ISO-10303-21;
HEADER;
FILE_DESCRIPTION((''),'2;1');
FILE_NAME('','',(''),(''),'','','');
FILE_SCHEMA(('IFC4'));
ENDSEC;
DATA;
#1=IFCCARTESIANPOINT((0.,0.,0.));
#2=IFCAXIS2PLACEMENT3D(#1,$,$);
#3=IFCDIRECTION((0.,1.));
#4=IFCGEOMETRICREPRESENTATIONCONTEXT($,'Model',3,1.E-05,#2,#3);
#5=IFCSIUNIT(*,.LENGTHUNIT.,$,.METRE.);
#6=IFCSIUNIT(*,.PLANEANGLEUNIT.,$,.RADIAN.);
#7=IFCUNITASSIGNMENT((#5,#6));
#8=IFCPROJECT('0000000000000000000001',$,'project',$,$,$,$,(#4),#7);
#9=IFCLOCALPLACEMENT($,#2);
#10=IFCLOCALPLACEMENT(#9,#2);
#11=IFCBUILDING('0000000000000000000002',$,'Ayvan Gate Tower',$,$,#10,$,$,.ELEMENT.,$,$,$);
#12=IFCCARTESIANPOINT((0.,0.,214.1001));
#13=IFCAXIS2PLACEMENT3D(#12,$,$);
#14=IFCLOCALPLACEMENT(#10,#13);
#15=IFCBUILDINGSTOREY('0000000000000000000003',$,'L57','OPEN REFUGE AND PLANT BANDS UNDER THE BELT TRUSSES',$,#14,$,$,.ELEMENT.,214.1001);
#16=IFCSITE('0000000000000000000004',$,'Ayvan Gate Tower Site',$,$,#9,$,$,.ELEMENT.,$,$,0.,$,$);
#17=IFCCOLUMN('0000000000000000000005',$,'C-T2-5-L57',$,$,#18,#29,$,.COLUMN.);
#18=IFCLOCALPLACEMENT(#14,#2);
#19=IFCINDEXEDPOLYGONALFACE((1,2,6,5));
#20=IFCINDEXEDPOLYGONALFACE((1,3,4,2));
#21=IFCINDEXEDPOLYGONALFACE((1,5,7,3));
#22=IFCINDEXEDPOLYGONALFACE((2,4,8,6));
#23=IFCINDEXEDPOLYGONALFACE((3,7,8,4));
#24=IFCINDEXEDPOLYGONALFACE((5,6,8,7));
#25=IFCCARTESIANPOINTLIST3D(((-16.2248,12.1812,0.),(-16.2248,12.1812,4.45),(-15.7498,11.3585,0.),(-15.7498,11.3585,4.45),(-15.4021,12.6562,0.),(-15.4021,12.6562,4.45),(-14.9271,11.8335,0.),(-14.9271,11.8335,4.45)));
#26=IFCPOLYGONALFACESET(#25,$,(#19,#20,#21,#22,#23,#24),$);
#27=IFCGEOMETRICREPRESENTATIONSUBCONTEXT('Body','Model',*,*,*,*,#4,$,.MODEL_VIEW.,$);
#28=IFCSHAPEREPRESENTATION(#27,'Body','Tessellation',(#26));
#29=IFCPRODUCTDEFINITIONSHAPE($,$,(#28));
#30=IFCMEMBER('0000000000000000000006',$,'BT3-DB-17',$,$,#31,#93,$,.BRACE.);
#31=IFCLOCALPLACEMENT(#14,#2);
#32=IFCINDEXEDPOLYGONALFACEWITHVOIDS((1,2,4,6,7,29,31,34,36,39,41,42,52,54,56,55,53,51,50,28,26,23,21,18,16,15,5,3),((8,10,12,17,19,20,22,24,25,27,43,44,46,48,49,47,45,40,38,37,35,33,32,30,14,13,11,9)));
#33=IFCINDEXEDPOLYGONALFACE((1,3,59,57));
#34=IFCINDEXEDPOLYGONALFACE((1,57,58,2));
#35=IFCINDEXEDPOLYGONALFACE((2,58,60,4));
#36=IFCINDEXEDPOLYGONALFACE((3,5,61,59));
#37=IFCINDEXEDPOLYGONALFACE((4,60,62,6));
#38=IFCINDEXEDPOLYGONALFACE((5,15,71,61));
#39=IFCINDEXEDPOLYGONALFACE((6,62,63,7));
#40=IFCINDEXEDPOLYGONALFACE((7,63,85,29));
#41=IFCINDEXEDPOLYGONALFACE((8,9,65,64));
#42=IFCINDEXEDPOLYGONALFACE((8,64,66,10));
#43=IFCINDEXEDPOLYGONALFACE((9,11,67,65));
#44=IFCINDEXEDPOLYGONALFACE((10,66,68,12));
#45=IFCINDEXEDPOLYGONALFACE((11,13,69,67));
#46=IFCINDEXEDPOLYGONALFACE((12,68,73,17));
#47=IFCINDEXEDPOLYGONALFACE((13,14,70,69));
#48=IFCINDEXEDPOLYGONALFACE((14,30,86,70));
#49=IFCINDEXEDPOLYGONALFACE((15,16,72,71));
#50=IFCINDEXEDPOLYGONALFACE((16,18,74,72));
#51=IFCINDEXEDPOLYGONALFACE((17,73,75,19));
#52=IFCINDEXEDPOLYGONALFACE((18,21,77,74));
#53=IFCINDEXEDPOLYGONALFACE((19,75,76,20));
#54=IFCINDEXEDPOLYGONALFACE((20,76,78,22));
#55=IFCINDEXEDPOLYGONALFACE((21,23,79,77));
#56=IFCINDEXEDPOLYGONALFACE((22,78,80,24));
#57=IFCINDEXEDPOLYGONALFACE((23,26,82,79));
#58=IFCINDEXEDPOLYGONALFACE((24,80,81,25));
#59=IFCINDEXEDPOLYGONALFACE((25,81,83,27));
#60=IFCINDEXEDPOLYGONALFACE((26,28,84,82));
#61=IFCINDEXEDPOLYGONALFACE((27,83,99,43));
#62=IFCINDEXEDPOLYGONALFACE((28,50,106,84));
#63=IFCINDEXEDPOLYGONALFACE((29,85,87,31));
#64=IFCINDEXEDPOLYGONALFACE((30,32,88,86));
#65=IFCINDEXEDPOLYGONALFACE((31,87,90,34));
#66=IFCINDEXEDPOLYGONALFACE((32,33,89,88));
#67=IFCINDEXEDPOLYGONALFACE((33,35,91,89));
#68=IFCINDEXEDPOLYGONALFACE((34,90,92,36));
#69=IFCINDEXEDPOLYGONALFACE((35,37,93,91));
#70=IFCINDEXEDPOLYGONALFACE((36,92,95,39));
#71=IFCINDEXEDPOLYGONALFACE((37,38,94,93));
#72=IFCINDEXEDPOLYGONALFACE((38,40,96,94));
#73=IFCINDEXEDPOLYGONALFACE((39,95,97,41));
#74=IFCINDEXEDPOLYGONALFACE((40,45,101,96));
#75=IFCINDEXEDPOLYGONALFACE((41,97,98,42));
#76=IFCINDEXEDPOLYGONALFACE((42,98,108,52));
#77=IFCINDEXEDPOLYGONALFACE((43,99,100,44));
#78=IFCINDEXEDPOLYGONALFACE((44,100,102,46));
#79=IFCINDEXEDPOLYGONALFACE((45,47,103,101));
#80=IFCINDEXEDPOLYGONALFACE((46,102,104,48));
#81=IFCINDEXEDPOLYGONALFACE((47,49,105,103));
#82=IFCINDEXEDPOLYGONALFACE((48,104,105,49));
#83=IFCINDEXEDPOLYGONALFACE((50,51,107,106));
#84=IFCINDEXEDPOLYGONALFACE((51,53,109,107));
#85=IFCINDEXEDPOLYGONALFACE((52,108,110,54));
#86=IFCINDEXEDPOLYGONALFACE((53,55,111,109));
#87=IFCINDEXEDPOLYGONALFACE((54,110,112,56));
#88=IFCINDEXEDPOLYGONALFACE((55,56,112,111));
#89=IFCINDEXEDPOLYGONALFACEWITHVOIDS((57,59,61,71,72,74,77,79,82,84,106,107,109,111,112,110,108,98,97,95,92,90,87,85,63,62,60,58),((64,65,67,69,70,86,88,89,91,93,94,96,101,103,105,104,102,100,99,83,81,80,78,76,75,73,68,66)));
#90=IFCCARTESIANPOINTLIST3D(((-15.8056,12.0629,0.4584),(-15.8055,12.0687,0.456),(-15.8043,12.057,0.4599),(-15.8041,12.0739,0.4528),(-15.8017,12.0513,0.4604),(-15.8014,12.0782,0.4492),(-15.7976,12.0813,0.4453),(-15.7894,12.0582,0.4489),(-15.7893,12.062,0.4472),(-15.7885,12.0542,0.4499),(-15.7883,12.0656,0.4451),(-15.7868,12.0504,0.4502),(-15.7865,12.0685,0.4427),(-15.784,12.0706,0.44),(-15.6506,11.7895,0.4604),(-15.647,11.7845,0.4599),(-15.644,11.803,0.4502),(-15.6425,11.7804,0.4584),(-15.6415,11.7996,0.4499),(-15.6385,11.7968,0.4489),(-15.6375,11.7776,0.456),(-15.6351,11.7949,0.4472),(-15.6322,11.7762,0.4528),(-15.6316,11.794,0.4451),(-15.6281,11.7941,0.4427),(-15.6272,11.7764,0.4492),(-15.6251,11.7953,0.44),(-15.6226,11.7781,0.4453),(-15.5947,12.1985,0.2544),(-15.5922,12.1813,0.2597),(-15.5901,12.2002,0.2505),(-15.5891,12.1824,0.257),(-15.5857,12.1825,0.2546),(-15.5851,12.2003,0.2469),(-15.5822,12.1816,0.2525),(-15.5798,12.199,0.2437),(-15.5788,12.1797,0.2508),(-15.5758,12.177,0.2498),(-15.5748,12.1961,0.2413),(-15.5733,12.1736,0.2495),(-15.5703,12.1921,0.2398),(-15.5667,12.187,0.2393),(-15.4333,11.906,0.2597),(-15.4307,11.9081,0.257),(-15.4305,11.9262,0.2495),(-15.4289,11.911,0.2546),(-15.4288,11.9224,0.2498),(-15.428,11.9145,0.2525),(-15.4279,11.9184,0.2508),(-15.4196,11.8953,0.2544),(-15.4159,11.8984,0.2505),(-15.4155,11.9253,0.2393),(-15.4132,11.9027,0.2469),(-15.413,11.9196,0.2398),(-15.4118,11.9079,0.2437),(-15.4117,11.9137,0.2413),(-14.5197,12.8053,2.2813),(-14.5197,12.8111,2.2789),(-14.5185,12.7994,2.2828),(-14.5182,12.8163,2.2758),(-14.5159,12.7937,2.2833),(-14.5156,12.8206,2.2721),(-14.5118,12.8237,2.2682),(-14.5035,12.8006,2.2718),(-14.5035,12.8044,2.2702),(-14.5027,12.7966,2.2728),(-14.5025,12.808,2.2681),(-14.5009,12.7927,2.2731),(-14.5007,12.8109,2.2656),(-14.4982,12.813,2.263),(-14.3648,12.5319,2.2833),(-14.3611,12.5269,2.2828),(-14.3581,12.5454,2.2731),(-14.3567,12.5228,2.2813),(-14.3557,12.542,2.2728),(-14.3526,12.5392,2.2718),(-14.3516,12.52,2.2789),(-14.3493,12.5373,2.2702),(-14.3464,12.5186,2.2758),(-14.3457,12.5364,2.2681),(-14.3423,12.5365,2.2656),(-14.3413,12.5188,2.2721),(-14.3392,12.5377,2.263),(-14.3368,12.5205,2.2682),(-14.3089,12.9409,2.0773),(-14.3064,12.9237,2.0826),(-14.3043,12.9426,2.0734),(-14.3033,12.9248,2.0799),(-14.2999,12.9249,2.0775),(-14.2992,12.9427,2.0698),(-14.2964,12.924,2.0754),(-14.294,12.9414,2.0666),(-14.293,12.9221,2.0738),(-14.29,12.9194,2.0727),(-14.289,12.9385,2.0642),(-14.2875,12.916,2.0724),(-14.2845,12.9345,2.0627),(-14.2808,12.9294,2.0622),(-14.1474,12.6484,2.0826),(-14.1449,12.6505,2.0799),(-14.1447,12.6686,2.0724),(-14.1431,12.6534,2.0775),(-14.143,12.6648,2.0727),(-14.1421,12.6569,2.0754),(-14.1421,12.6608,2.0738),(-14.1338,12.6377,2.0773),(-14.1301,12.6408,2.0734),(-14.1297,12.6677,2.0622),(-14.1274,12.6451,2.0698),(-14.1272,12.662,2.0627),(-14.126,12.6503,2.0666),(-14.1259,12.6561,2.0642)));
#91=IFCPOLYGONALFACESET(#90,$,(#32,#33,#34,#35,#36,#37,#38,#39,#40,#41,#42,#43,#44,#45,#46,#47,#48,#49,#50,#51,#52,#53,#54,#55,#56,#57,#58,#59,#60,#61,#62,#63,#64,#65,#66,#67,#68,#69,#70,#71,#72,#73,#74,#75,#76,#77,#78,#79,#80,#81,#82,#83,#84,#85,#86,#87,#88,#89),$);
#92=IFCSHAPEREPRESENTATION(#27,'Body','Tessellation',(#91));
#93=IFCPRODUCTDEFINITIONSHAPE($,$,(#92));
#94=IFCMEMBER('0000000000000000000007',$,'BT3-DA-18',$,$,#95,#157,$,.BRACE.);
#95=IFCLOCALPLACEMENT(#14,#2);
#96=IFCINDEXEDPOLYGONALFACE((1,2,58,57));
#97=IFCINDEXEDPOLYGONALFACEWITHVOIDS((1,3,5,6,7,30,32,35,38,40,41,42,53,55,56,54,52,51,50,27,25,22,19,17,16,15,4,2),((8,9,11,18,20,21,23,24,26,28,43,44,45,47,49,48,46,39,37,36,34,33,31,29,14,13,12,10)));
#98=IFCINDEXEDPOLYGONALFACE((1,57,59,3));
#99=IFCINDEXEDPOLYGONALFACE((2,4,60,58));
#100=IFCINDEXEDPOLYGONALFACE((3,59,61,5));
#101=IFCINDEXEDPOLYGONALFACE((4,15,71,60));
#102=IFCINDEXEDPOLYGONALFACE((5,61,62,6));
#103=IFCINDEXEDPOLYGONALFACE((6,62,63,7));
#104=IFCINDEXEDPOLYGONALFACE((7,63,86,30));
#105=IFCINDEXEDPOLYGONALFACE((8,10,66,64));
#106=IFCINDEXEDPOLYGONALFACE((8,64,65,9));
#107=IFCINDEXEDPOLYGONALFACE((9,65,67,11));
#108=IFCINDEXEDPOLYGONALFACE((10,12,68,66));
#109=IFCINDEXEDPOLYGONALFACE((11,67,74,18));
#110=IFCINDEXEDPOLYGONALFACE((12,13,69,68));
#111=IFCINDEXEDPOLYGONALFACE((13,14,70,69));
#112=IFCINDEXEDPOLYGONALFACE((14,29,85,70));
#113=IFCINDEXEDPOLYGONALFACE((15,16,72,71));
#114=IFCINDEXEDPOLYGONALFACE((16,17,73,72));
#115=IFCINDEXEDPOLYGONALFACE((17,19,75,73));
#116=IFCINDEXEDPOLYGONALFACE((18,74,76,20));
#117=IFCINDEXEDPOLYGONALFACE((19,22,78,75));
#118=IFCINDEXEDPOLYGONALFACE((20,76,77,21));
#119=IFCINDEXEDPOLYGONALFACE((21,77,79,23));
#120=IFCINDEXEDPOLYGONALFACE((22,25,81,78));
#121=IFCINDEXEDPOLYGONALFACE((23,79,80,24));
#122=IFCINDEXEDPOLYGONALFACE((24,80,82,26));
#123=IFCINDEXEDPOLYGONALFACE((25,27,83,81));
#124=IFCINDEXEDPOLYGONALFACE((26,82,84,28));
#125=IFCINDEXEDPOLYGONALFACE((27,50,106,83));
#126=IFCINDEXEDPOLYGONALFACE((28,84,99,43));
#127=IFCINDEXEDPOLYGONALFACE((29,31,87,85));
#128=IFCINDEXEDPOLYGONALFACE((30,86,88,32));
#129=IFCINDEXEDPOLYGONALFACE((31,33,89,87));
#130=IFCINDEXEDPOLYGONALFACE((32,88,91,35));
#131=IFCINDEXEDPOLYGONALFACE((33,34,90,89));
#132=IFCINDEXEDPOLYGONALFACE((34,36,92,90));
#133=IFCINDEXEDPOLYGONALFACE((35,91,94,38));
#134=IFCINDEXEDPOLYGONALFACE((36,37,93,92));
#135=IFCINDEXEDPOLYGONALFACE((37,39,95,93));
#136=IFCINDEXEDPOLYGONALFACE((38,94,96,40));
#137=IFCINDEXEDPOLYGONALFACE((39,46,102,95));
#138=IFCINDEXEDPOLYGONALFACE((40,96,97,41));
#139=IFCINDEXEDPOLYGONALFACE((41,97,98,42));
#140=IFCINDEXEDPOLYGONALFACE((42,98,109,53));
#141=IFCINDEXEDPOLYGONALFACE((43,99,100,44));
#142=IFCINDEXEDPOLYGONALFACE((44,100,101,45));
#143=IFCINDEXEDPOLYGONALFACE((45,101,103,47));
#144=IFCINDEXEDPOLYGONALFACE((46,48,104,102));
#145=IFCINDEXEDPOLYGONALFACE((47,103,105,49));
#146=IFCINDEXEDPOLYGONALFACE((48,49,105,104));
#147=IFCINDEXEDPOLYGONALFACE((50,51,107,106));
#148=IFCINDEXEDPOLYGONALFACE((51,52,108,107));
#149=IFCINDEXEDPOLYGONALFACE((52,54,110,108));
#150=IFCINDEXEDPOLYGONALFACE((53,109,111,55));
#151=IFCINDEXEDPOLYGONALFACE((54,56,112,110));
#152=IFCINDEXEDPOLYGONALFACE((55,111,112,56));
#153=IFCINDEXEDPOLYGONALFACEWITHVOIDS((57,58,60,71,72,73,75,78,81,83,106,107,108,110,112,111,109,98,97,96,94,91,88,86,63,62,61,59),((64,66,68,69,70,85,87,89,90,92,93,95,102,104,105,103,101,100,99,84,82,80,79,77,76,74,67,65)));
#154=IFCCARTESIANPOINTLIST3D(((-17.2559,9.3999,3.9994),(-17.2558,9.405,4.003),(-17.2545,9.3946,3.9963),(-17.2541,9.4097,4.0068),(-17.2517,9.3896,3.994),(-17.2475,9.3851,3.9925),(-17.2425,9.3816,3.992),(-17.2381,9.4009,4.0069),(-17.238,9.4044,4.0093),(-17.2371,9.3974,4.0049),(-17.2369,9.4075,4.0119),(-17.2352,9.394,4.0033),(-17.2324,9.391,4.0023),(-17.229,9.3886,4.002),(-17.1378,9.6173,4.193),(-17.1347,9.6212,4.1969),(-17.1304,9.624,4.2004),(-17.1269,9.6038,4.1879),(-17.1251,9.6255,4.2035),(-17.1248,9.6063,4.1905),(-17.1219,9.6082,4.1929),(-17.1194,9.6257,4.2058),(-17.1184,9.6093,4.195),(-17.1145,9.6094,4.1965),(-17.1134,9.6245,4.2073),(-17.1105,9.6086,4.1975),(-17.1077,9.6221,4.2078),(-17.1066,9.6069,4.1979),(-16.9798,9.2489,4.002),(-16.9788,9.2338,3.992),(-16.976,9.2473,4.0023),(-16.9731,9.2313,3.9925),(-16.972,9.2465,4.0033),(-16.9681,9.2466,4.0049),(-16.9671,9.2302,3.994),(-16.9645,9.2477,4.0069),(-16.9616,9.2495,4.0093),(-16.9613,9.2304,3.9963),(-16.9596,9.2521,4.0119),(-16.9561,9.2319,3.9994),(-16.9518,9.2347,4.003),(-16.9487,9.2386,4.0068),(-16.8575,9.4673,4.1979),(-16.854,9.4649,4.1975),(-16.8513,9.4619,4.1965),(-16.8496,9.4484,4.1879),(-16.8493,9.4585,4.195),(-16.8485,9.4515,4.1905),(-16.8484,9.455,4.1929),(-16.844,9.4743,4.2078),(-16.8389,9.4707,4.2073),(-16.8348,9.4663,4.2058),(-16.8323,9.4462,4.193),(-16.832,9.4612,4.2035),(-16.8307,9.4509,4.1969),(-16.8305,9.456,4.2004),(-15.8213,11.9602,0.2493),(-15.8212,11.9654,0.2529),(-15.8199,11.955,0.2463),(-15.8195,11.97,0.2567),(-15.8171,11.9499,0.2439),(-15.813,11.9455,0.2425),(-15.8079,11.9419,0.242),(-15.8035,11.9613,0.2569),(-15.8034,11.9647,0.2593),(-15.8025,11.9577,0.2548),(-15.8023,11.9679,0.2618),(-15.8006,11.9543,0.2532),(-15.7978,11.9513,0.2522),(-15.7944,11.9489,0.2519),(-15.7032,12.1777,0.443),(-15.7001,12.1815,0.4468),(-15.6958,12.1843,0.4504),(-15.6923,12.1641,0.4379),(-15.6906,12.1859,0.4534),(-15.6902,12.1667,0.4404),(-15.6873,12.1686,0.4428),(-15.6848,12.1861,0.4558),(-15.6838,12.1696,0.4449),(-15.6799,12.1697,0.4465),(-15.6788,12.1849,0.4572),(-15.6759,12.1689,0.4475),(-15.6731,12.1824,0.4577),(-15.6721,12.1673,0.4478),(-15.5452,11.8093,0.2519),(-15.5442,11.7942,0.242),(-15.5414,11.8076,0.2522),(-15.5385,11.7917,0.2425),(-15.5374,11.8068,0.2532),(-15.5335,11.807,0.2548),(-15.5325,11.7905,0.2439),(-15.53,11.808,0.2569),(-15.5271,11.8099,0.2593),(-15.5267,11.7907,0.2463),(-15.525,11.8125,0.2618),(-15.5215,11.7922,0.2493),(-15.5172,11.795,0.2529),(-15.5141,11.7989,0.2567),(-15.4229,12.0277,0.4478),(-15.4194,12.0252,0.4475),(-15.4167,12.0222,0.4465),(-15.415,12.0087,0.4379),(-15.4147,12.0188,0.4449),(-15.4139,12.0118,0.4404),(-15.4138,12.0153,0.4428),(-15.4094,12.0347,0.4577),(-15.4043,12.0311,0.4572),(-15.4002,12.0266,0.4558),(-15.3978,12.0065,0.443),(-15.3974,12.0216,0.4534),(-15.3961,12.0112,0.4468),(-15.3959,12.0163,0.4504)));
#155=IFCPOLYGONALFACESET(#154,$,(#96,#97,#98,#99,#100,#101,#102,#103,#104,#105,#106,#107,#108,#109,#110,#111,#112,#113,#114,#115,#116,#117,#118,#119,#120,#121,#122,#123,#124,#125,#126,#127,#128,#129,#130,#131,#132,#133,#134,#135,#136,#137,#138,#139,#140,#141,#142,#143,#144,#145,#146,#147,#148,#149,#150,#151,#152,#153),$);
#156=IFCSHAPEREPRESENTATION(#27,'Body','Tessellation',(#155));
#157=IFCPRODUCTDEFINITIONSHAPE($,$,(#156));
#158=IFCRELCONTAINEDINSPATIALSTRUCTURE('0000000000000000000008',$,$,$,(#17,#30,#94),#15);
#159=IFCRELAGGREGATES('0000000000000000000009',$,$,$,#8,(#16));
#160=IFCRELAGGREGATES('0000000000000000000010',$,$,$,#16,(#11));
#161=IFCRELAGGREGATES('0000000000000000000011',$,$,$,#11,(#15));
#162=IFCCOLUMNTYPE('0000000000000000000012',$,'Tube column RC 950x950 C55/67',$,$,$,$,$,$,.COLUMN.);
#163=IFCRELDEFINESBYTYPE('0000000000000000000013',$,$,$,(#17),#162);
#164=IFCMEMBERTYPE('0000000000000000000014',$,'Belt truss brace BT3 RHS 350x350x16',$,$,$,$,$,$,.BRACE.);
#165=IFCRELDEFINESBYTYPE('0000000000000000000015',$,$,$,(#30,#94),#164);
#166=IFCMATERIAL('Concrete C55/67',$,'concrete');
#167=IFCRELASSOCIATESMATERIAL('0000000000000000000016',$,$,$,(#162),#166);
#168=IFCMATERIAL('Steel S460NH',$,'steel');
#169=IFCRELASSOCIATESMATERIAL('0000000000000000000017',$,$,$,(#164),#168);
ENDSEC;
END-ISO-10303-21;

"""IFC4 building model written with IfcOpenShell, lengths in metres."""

from ifc_helpers import new_model, si_unit, direction, frame, origin, origin_2d, place, context, subcontext, project, spatial, rectangle, hollow_rectangle, extrude, material, material_profile, profile_set, type_object, element, save


model = new_model("IFC4")

# Units and contexts
model_context = context("Model", 3, precision=1e-05, world=origin(), true_north=direction((0.0, 1.0)))
body_context = subcontext(model_context, "Body", "Model", "MODEL_VIEW")
ifc_project = project(units=[si_unit("LENGTHUNIT", "METRE"), si_unit("PLANEANGLEUNIT", "RADIAN")], contexts=[model_context])

# Site, building, storey
site_placement = place(None, origin())
site = spatial("IfcSite", under=ifc_project, at=site_placement, Name="Ayvan Gate Tower Site", CompositionType="ELEMENT", RefElevation=0.0)
building_placement = place(site_placement, origin())
building = spatial("IfcBuilding", under=site, at=building_placement, Name="Ayvan Gate Tower", CompositionType="ELEMENT")
storey_placement = place(building_placement, frame((0.0, 0.0, 214.1001)))
storey = spatial("IfcBuildingStorey", under=building, at=storey_placement, Name="L57", Description="OPEN REFUGE AND PLANT BANDS UNDER THE BELT TRUSSES", CompositionType="ELEMENT", Elevation=214.1001)

# Column
ifc_material_1 = material(Name="Concrete C55/67", Category="concrete")
ifc_material_profile_1 = material_profile(ifc_material_1, rectangle(XDim=0.95, YDim=0.95, at=origin_2d()), Name="RC 950x950")
ifc_profile_set_1 = profile_set([ifc_material_profile_1], Name="Concrete C55/67")
column_type = type_object("IfcColumnType", Name="Tube column RC 950x950 C55/67", PredefinedType="COLUMN", material=ifc_profile_set_1)
column_placement = place(storey_placement, frame((-15.5759, 12.0073, 0.0), z_axis=(0.0, 0.0, 1.0), x_axis=(-0.5, 0.866025, 0.0)))
element("IfcColumn", 1, at=column_placement, inside=storey, type_object=column_type, Name="C-T2-5-L57", PredefinedType="COLUMN", context=body_context, shape_type="SweptSolid", body=[
    extrude(rectangle(XDim=0.95, YDim=0.95, at=origin_2d()), origin(), (0.0, 0.0, 1.0), 4.45),
])

# Members
ifc_material_2 = material(Name="Steel S460NH", Category="steel")
ifc_material_profile_2 = material_profile(ifc_material_2, hollow_rectangle(XDim=0.3501, YDim=0.3501, WallThickness=0.0161, InnerFilletRadius=0.0161, OuterFilletRadius=0.0239, at=origin_2d()), Name="RHS 350x350x16")
ifc_profile_set_2 = profile_set([ifc_material_profile_2], Name="Steel S460NH")
member_type_1 = type_object("IfcMemberType", Name="Belt truss brace BT3 RHS 350x350x16", PredefinedType="BRACE", material=ifc_profile_set_2)
member_1_placement = place(storey_placement, frame((-15.6086, 11.9883, 0.3499), z_axis=(0.546913, 0.31577, 0.775355), x_axis=(-0.500012, 0.866019, 0.0)))
element("IfcMember", 2, at=member_1_placement, inside=storey, type_object=member_type_1, Name="BT3-DB-17", PredefinedType="BRACE", context=body_context, shape_type="SweptSolid", body=[
    extrude(hollow_rectangle(XDim=0.3501, YDim=0.3501, WallThickness=0.0161, InnerFilletRadius=0.0161, OuterFilletRadius=0.0239, at=origin_2d()), origin(), (0.0, 0.0, 1.0), 2.3511),
])
member_2_placement = place(storey_placement, frame((-15.6086, 11.9883, 0.3499), z_axis=(-0.30126, -0.537665, 0.787502), x_axis=(0.87239, -0.488811, 0.0)))
element("IfcMember", 3, at=member_2_placement, inside=storey, type_object=member_type_1, Name="BT3-DA-18", PredefinedType="BRACE", context=body_context, shape_type="SweptSolid", body=[
    extrude(hollow_rectangle(XDim=0.3501, YDim=0.3501, WallThickness=0.0161, InnerFilletRadius=0.0161, OuterFilletRadius=0.0239, at=origin_2d()), origin(), (0.0, 0.0, 1.0), 4.762),
])

save(model, "model.ifc")
